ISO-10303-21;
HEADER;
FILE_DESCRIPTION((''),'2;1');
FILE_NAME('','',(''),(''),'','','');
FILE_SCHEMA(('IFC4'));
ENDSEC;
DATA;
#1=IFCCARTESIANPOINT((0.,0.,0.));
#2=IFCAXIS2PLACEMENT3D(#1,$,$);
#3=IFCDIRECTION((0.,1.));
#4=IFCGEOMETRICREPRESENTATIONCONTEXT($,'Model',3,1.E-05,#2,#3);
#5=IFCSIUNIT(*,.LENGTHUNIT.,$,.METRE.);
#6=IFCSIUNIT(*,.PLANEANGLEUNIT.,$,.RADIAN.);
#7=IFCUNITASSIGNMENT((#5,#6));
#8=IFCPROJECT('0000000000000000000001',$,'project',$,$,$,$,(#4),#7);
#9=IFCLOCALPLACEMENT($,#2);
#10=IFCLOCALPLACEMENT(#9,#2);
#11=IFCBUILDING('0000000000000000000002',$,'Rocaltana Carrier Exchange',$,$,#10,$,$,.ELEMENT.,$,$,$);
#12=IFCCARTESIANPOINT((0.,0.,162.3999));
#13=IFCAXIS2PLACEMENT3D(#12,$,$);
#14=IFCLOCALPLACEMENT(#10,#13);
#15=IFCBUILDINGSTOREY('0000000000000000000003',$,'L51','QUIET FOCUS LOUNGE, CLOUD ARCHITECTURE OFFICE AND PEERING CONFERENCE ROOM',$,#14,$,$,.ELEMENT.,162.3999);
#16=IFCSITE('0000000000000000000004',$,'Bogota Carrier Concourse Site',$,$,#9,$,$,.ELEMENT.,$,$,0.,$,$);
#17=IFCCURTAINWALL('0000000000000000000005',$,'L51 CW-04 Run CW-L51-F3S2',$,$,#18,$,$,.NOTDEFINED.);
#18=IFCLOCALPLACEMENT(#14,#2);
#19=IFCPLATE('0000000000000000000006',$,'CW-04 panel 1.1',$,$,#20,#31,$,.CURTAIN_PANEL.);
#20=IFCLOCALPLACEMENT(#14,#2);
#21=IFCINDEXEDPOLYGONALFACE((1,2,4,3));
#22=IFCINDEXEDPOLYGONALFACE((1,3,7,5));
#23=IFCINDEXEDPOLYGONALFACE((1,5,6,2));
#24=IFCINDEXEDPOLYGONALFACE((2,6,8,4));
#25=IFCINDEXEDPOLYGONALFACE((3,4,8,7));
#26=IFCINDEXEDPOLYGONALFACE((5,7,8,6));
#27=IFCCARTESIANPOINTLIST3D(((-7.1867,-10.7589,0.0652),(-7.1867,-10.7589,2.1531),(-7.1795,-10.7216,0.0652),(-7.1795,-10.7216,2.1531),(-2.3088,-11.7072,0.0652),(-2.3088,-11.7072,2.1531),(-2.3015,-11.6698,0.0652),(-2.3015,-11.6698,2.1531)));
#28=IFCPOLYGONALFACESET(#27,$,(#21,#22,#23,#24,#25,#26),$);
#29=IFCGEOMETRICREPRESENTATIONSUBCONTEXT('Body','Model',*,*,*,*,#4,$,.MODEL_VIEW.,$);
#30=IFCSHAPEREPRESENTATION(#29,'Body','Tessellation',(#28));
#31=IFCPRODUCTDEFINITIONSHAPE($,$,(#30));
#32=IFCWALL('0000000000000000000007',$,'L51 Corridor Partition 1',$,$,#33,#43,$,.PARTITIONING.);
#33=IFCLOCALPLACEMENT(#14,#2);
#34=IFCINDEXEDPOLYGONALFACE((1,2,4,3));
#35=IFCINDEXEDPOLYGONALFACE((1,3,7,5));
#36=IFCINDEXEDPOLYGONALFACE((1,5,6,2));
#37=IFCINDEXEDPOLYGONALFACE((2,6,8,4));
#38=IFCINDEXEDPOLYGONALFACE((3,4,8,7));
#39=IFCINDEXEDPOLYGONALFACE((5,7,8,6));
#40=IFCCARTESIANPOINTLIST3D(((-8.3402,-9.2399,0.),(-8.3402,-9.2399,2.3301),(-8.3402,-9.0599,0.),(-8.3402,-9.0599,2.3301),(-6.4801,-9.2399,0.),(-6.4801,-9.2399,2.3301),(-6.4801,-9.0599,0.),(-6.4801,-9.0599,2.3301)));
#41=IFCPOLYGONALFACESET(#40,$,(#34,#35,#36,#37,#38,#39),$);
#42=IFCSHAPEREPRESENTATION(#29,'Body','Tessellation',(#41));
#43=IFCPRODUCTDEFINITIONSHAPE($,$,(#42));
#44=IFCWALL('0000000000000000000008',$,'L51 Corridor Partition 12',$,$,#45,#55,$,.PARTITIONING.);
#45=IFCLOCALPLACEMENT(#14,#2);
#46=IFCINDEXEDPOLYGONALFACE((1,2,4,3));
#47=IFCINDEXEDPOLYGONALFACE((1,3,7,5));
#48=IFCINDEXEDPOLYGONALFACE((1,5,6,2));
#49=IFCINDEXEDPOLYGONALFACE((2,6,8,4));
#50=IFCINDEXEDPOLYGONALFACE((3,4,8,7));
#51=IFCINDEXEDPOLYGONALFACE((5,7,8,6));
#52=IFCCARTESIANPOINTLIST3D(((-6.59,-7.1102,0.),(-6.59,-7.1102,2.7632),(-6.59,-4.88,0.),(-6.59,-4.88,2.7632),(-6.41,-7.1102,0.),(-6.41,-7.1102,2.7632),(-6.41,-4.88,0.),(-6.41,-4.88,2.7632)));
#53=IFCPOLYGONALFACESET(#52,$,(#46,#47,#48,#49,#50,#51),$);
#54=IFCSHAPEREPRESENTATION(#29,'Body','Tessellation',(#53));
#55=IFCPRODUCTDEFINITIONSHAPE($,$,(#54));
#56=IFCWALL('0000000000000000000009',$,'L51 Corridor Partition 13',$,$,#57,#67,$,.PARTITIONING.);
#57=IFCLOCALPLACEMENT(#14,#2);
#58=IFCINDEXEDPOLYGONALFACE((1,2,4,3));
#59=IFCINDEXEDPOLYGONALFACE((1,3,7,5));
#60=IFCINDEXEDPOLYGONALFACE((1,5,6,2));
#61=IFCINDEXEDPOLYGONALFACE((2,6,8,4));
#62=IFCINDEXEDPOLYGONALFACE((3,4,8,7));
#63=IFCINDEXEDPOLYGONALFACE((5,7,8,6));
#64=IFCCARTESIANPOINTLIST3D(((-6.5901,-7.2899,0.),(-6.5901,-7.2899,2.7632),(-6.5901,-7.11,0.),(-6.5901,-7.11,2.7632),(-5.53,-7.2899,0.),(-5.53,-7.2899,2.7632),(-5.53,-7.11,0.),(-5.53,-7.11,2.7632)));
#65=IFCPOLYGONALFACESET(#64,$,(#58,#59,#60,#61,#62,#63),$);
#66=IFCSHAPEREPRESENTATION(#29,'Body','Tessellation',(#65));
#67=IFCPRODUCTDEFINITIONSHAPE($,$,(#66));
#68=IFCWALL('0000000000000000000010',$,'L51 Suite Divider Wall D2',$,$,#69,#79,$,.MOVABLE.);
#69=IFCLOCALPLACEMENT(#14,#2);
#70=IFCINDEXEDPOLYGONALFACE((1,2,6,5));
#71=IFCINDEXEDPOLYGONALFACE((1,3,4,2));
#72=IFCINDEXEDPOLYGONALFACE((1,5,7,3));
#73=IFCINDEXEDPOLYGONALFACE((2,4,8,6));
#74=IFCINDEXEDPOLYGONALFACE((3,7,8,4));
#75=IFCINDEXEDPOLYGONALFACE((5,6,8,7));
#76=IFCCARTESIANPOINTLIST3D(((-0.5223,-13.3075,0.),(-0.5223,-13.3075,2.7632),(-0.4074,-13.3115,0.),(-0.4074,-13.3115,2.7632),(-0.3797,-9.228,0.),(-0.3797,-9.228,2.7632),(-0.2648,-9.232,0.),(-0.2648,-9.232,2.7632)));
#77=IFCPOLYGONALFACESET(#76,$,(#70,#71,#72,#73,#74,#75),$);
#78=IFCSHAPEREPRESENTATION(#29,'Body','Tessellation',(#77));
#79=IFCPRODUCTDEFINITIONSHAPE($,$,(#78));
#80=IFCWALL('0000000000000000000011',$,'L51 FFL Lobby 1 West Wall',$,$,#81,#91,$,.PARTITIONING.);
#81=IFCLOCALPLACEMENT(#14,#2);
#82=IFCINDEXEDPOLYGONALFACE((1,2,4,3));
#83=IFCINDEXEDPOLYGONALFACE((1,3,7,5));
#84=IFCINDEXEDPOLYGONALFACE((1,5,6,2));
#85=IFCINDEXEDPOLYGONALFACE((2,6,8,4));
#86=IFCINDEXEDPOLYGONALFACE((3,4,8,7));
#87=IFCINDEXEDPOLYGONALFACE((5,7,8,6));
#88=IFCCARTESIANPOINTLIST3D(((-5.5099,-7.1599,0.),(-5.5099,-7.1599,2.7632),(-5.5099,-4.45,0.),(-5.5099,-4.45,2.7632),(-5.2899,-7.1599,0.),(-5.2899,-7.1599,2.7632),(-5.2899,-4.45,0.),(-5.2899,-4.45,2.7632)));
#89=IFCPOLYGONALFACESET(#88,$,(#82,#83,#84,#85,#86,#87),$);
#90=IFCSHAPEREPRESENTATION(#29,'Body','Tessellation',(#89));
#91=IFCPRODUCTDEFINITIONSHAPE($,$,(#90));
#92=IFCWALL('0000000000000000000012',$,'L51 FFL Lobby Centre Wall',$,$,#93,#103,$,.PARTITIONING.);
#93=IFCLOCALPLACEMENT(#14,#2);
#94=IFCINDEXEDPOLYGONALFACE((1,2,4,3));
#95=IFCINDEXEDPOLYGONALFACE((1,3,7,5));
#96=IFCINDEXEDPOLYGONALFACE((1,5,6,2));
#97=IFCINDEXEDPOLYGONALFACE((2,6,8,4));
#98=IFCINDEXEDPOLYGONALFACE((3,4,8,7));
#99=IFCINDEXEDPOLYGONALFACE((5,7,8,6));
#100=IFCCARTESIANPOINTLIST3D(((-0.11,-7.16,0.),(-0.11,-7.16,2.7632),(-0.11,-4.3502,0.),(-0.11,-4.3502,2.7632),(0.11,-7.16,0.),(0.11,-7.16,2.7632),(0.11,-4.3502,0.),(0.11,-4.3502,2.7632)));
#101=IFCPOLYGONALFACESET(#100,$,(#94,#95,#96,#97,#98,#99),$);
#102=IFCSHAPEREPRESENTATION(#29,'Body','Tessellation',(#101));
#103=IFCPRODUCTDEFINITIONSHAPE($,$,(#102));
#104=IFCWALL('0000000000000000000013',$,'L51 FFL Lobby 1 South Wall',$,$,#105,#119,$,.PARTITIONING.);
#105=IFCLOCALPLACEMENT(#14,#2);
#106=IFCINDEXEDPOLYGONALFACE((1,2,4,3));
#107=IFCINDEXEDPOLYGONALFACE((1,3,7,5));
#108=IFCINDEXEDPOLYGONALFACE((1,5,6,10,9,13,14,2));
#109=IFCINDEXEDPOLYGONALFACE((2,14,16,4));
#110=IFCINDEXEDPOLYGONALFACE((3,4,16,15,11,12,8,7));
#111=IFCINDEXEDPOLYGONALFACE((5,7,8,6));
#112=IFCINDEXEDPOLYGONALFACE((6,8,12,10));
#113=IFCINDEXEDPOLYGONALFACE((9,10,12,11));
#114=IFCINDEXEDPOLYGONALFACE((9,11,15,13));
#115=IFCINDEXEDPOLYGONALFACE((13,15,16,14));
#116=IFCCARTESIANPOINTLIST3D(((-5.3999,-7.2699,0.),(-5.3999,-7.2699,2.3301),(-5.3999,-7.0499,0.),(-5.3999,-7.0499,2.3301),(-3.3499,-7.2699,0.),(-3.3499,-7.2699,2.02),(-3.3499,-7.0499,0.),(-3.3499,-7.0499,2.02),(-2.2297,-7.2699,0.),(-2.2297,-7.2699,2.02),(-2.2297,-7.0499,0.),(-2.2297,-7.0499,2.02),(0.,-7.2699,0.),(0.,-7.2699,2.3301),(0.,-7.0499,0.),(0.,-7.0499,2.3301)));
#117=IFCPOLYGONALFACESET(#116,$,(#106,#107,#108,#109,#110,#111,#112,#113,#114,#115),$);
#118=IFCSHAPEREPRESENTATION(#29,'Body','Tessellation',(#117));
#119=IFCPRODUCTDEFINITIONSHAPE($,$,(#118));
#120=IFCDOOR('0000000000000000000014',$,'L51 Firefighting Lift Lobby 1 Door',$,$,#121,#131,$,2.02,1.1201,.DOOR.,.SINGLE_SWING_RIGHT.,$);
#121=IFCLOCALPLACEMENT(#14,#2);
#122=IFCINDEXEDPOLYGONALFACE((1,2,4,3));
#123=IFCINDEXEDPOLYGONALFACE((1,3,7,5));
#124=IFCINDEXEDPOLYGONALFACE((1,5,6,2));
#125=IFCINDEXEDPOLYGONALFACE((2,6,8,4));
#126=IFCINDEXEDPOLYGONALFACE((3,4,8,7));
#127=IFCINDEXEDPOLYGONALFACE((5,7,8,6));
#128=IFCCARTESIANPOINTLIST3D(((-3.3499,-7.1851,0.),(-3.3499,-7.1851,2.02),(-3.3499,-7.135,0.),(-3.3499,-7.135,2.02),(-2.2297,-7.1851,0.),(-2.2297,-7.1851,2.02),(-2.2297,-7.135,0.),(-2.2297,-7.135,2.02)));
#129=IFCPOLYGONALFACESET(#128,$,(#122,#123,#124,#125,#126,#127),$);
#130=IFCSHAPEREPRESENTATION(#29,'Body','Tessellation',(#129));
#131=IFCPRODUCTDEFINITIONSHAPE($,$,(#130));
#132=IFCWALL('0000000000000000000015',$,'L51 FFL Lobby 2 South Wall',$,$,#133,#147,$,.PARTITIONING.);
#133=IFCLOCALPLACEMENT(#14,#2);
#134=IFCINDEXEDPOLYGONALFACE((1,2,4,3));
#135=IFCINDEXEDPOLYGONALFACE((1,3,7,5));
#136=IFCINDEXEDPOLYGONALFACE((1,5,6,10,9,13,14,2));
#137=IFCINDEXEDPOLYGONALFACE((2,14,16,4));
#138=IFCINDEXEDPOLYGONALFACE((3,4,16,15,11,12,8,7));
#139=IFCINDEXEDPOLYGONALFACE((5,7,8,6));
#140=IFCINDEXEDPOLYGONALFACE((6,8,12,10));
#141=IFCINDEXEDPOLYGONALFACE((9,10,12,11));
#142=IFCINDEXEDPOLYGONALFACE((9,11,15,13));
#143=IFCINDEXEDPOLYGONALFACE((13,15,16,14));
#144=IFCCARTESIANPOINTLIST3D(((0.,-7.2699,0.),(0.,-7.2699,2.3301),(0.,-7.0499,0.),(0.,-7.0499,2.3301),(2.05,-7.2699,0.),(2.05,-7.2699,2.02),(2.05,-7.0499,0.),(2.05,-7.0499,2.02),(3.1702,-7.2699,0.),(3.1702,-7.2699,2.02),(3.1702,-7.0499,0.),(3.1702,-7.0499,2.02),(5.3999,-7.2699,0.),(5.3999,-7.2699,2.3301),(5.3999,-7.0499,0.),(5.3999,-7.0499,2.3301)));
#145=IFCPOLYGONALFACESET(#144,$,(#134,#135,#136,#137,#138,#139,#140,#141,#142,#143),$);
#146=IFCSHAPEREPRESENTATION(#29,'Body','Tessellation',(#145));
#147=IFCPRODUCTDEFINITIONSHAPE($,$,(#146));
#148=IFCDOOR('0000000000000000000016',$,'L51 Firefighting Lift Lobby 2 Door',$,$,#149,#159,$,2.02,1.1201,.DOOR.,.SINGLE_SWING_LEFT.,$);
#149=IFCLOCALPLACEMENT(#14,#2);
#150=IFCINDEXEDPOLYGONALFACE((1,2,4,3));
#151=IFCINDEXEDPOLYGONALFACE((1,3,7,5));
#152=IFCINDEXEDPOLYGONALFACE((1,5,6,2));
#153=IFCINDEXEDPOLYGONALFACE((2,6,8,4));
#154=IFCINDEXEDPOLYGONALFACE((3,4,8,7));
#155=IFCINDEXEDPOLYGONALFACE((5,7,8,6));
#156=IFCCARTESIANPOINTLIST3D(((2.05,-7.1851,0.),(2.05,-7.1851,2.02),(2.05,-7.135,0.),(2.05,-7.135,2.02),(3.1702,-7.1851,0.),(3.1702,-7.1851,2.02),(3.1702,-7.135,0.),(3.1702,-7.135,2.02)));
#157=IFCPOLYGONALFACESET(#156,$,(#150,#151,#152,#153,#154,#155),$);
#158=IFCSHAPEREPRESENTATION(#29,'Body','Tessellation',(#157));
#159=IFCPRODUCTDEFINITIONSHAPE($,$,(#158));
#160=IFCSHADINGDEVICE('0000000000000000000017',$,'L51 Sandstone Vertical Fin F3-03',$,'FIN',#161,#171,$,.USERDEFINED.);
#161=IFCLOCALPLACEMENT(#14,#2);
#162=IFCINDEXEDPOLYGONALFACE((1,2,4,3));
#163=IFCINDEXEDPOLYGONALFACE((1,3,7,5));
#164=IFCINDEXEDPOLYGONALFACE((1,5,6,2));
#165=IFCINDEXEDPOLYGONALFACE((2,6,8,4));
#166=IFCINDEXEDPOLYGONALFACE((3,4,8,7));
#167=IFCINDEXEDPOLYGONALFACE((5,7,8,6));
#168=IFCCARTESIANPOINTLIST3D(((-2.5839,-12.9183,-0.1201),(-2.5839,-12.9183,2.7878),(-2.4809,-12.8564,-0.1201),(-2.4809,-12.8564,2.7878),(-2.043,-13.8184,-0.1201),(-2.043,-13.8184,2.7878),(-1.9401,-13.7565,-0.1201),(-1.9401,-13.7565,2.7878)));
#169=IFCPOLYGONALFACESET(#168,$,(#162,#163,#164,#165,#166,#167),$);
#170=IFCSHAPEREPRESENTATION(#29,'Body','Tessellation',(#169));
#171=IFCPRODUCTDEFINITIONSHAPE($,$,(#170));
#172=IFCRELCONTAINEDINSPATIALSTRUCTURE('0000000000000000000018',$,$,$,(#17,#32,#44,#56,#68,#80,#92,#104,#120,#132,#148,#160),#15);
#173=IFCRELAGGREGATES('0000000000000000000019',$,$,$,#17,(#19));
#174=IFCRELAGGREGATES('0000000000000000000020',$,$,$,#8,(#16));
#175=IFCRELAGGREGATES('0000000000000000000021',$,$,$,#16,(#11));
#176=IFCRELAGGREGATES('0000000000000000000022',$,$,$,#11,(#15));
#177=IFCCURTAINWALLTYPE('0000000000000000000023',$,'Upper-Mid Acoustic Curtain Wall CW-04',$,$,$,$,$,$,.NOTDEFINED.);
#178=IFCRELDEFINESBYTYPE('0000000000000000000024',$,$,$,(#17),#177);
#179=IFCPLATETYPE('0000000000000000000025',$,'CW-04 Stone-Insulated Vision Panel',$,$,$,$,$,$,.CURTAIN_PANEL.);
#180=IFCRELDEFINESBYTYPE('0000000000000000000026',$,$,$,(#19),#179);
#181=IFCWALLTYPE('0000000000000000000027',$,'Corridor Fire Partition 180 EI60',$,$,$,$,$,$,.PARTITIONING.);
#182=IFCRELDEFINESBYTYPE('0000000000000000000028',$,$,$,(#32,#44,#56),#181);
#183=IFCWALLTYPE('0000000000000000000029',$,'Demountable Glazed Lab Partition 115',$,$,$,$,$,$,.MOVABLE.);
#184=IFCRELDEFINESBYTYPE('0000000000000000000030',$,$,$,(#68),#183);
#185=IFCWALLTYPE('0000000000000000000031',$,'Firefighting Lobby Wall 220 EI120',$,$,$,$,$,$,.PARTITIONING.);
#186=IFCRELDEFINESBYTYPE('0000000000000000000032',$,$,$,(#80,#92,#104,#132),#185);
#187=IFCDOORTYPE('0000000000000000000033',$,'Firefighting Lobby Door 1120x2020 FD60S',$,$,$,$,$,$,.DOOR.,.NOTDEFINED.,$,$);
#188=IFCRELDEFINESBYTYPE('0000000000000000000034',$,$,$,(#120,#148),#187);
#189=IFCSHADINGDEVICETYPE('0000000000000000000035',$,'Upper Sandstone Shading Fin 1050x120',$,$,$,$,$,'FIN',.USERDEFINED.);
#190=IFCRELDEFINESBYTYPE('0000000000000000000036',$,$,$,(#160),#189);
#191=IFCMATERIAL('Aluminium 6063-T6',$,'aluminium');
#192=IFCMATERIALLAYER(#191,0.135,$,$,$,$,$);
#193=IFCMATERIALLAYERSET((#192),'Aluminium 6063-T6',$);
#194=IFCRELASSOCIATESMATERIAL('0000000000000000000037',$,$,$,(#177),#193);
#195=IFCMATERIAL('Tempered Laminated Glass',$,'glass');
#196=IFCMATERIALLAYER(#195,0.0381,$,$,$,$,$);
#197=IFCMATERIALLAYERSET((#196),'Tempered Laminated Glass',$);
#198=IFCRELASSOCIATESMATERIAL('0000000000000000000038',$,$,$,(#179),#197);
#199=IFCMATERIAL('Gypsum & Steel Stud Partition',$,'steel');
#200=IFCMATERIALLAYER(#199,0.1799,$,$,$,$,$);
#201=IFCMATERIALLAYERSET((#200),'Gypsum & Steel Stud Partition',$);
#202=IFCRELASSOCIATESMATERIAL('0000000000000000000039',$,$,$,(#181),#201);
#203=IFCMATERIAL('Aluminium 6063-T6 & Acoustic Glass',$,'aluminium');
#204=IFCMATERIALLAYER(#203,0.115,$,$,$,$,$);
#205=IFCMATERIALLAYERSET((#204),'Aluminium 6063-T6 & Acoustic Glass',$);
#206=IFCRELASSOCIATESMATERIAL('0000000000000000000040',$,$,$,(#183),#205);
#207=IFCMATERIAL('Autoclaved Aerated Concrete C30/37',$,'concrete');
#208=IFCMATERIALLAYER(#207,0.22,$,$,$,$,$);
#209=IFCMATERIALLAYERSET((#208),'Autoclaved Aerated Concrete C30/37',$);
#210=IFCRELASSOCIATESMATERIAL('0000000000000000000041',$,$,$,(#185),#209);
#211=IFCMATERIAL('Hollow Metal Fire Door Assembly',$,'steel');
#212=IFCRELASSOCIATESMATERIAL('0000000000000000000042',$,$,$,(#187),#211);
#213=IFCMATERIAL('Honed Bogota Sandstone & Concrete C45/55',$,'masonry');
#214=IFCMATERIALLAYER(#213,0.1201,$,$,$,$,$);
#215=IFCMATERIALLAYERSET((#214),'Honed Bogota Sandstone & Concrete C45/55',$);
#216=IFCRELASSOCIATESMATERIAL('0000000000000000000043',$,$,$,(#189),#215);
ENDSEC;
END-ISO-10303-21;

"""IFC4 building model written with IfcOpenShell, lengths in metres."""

from ifc_helpers import new_model, si_unit, direction, frame, frame_2d, origin, origin_2d, place, context, subcontext, project, spatial, rectangle, extrude, material, layer, layer_set, type_object, element, fill, aggregate, save


model = new_model("IFC4")

# Units and contexts
model_context = context("Model", 3, precision=1e-05, world=origin(), true_north=direction((0.0, 1.0)))
body_context = subcontext(model_context, "Body", "Model", "MODEL_VIEW")
ifc_project = project(units=[si_unit("LENGTHUNIT", "METRE"), si_unit("PLANEANGLEUNIT", "RADIAN")], contexts=[model_context])

# Site, building, storey
site_placement = place(None, origin())
site = spatial("IfcSite", under=ifc_project, at=site_placement, Name="Bogota Carrier Concourse Site", CompositionType="ELEMENT", RefElevation=0.0)
building_placement = place(site_placement, origin())
building = spatial("IfcBuilding", under=site, at=building_placement, Name="Rocaltana Carrier Exchange", CompositionType="ELEMENT")
storey_placement = place(building_placement, frame((0.0, 0.0, 162.3999)))
storey = spatial("IfcBuildingStorey", under=building, at=storey_placement, Name="L51", Description="QUIET FOCUS LOUNGE, CLOUD ARCHITECTURE OFFICE AND PEERING CONFERENCE ROOM", CompositionType="ELEMENT", Elevation=162.3999)

# Curtain wall
ifc_material_1 = material(Name="Aluminium 6063-T6", Category="aluminium")
ifc_layer_1 = layer(ifc_material_1, 0.135)
ifc_layer_set_1 = layer_set([ifc_layer_1], Name="Aluminium 6063-T6")
curtain_wall_type = type_object("IfcCurtainWallType", Name="Upper-Mid Acoustic Curtain Wall CW-04", PredefinedType="NOTDEFINED", material=ifc_layer_set_1)
curtain_wall_placement = place(storey_placement, origin())
curtain_wall = element("IfcCurtainWall", 1, at=curtain_wall_placement, inside=storey, type_object=curtain_wall_type, Name="L51 CW-04 Run CW-L51-F3S2", PredefinedType="NOTDEFINED")

# Plate
ifc_material_2 = material(Name="Tempered Laminated Glass", Category="glass")
ifc_layer_2 = layer(ifc_material_2, 0.0381)
ifc_layer_set_2 = layer_set([ifc_layer_2], Name="Tempered Laminated Glass")
plate_type = type_object("IfcPlateType", Name="CW-04 Stone-Insulated Vision Panel", PredefinedType="CURTAIN_PANEL", material=ifc_layer_set_2)
plate_placement = place(storey_placement, frame((-4.7441, -11.2144, 0.0652), z_axis=(0.0, 0.0, 1.0), x_axis=(0.981626, -0.190815, 0.0)))
plate = element("IfcPlate", 2, at=plate_placement, type_object=plate_type, Name="CW-04 panel 1.1", PredefinedType="CURTAIN_PANEL", context=body_context, shape_type="SweptSolid", body=[
    extrude(rectangle(XDim=4.9692, YDim=0.0381, at=origin_2d()), origin(), (0.0, 0.0, 1.0), 2.0879),
])
aggregate(curtain_wall, [plate])

# Walls
ifc_material_3 = material(Name="Gypsum & Steel Stud Partition", Category="steel")
ifc_layer_3 = layer(ifc_material_3, 0.1799)
ifc_layer_set_3 = layer_set([ifc_layer_3], Name="Gypsum & Steel Stud Partition")
wall_type_1 = type_object("IfcWallType", Name="Corridor Fire Partition 180 EI60", PredefinedType="PARTITIONING", material=ifc_layer_set_3)
wall_1_placement = place(storey_placement, frame((-6.48, -9.1499, 0.0), z_axis=(0.0, 0.0, 1.0), x_axis=(-1.0, 0.0, 0.0)))
element("IfcWall", 3, at=wall_1_placement, inside=storey, type_object=wall_type_1, Name="L51 Corridor Partition 1", PredefinedType="PARTITIONING", context=body_context, shape_type="SweptSolid", body=[
    extrude(rectangle(XDim=1.8601, YDim=0.1799, at=frame_2d((0.9302, 0.0))), origin(), (0.0, 0.0, 1.0), 2.3301),
])
wall_2_placement = place(storey_placement, frame((-6.5, -4.8799, 0.0), z_axis=(0.0, 0.0, 1.0), x_axis=(0.0, -1.0, 0.0)))
element("IfcWall", 4, at=wall_2_placement, inside=storey, type_object=wall_type_1, Name="L51 Corridor Partition 12", PredefinedType="PARTITIONING", context=body_context, shape_type="SweptSolid", body=[
    extrude(rectangle(XDim=2.2302, YDim=0.1799, at=frame_2d((1.1152, 0.0))), origin(), (0.0, 0.0, 1.0), 2.7632),
])
wall_3_placement = place(storey_placement, frame((-6.5901, -7.2, 0.0), z_axis=(0.0, 0.0, 1.0), x_axis=(1.0, 0.0, 0.0)))
element("IfcWall", 5, at=wall_3_placement, inside=storey, type_object=wall_type_1, Name="L51 Corridor Partition 13", PredefinedType="PARTITIONING", context=body_context, shape_type="SweptSolid", body=[
    extrude(rectangle(XDim=1.0601, YDim=0.1799, at=frame_2d((0.53, 0.0))), origin(), (0.0, 0.0, 1.0), 2.7632),
])
ifc_material_4 = material(Name="Aluminium 6063-T6 & Acoustic Glass", Category="aluminium")
ifc_layer_4 = layer(ifc_material_4, 0.115)
ifc_layer_set_4 = layer_set([ifc_layer_4], Name="Aluminium 6063-T6 & Acoustic Glass")
wall_type_2 = type_object("IfcWallType", Name="Demountable Glazed Lab Partition 115", PredefinedType="MOVABLE", material=ifc_layer_set_4)
wall_4_placement = place(storey_placement, frame((-0.3223, -9.23, 0.0), z_axis=(0.0, 0.0, 1.0), x_axis=(-0.034928, -0.99939, 0.0)))
element("IfcWall", 6, at=wall_4_placement, inside=storey, type_object=wall_type_2, Name="L51 Suite Divider Wall D2", PredefinedType="MOVABLE", context=body_context, shape_type="SweptSolid", body=[
    extrude(rectangle(XDim=4.082, YDim=0.115, at=frame_2d((2.041, 0.0))), origin(), (0.0, 0.0, 1.0), 2.7632),
])
ifc_material_5 = material(Name="Autoclaved Aerated Concrete C30/37", Category="concrete")
ifc_layer_5 = layer(ifc_material_5, 0.22)
ifc_layer_set_5 = layer_set([ifc_layer_5], Name="Autoclaved Aerated Concrete C30/37")
wall_type_3 = type_object("IfcWallType", Name="Firefighting Lobby Wall 220 EI120", PredefinedType="PARTITIONING", material=ifc_layer_set_5)
wall_5_placement = place(storey_placement, frame((-5.3999, -7.1599, 0.0), z_axis=(0.0, 0.0, 1.0), x_axis=(0.0, 1.0, 0.0)))
element("IfcWall", 7, at=wall_5_placement, inside=storey, type_object=wall_type_3, Name="L51 FFL Lobby 1 West Wall", PredefinedType="PARTITIONING", context=body_context, shape_type="SweptSolid", body=[
    extrude(rectangle(XDim=2.71, YDim=0.22, at=frame_2d((1.355, 0.0))), origin(), (0.0, 0.0, 1.0), 2.7632),
])
wall_6_placement = place(storey_placement, frame((0.0, -7.1599, 0.0), z_axis=(0.0, 0.0, 1.0), x_axis=(0.0, 1.0, 0.0)))
element("IfcWall", 8, at=wall_6_placement, inside=storey, type_object=wall_type_3, Name="L51 FFL Lobby Centre Wall", PredefinedType="PARTITIONING", context=body_context, shape_type="SweptSolid", body=[
    extrude(rectangle(XDim=2.8098, YDim=0.22, at=frame_2d((1.4048, 0.0))), origin(), (0.0, 0.0, 1.0), 2.7632),
])

# Walls, openings, doors
wall_7_placement = place(storey_placement, frame((-5.3999, -7.1599, 0.0), z_axis=(0.0, 0.0, 1.0), x_axis=(1.0, 0.0, 0.0)))
wall_7 = element("IfcWall", 9, at=wall_7_placement, inside=storey, type_object=wall_type_3, Name="L51 FFL Lobby 1 South Wall", PredefinedType="PARTITIONING", context=body_context, shape_type="SweptSolid", body=[
    extrude(rectangle(XDim=5.3999, YDim=0.22, at=frame_2d((2.7, 0.0))), origin(), (0.0, 0.0, 1.0), 2.3301),
])
opening_1_placement = place(wall_7_placement, frame((2.05, 0.0, 0.0)))
opening_1 = element("IfcOpeningElement", 10, at=opening_1_placement, cuts=wall_7, PredefinedType="OPENING", context=body_context, shape_type="SweptSolid", body=[
    extrude(rectangle(XDim=1.1201, YDim=2.02, at=frame_2d((0.5601, 1.01))), frame((0.0, 0.1199, 0.0), z_axis=(0.0, -1.0, 0.0), x_axis=(1.0, 0.0, 0.0)), (0.0, 0.0, 1.0), 0.24),
])
ifc_material_6 = material(Name="Hollow Metal Fire Door Assembly", Category="steel")
door_type = type_object("IfcDoorType", Name="Firefighting Lobby Door 1120x2020 FD60S", OperationType="NOTDEFINED", PredefinedType="DOOR", material=ifc_material_6)
door_1_placement = place(opening_1_placement, origin())
door_1 = element("IfcDoor", 11, at=door_1_placement, inside=storey, type_object=door_type, Name="L51 Firefighting Lift Lobby 1 Door", OperationType="SINGLE_SWING_RIGHT", OverallHeight=2.02, OverallWidth=1.1201, PredefinedType="DOOR", context=body_context, shape_type="SweptSolid", body=[
    extrude(rectangle(XDim=1.1201, YDim=2.02, at=frame_2d((0.5601, 1.01))), frame((0.0, 0.0249, 0.0), z_axis=(0.0, -1.0, 0.0), x_axis=(1.0, 0.0, 0.0)), (0.0, 0.0, 1.0), 0.05),
])
fill(opening_1, door_1)
wall_8_placement = place(storey_placement, frame((0.0, -7.1599, 0.0), z_axis=(0.0, 0.0, 1.0), x_axis=(1.0, 0.0, 0.0)))
wall_8 = element("IfcWall", 12, at=wall_8_placement, inside=storey, type_object=wall_type_3, Name="L51 FFL Lobby 2 South Wall", PredefinedType="PARTITIONING", context=body_context, shape_type="SweptSolid", body=[
    extrude(rectangle(XDim=5.3999, YDim=0.22, at=frame_2d((2.7, 0.0))), origin(), (0.0, 0.0, 1.0), 2.3301),
])
opening_2_placement = place(wall_8_placement, frame((2.05, 0.0, 0.0)))
opening_2 = element("IfcOpeningElement", 13, at=opening_2_placement, cuts=wall_8, PredefinedType="OPENING", context=body_context, shape_type="SweptSolid", body=[
    extrude(rectangle(XDim=1.1201, YDim=2.02, at=frame_2d((0.5601, 1.01))), frame((0.0, 0.1199, 0.0), z_axis=(0.0, -1.0, 0.0), x_axis=(1.0, 0.0, 0.0)), (0.0, 0.0, 1.0), 0.24),
])
door_2_placement = place(opening_2_placement, origin())
door_2 = element("IfcDoor", 14, at=door_2_placement, inside=storey, type_object=door_type, Name="L51 Firefighting Lift Lobby 2 Door", OperationType="SINGLE_SWING_LEFT", OverallHeight=2.02, OverallWidth=1.1201, PredefinedType="DOOR", context=body_context, shape_type="SweptSolid", body=[
    extrude(rectangle(XDim=1.1201, YDim=2.02, at=frame_2d((0.5601, 1.01))), frame((0.0, 0.0249, 0.0), z_axis=(0.0, -1.0, 0.0), x_axis=(1.0, 0.0, 0.0)), (0.0, 0.0, 1.0), 0.05),
])
fill(opening_2, door_2)

# Shading device
ifc_material_7 = material(Name="Honed Bogota Sandstone & Concrete C45/55", Category="masonry")
ifc_layer_6 = layer(ifc_material_7, 0.1201)
ifc_layer_set_6 = layer_set([ifc_layer_6], Name="Honed Bogota Sandstone & Concrete C45/55")
shading_device_type = type_object("IfcShadingDeviceType", Name="Upper Sandstone Shading Fin 1050x120", ElementType="FIN", PredefinedType="USERDEFINED", material=ifc_layer_set_6)
shading_device_placement = place(storey_placement, frame((-2.262, -13.3374, -0.1201), z_axis=(0.0, 0.0, 1.0), x_axis=(0.515038, -0.857167, 0.0)))
element("IfcShadingDevice", 15, at=shading_device_placement, inside=storey, type_object=shading_device_type, Name="L51 Sandstone Vertical Fin F3-03", ObjectType="FIN", PredefinedType="USERDEFINED", context=body_context, shape_type="SweptSolid", body=[
    extrude(rectangle(XDim=1.05, YDim=0.1201, at=origin_2d()), origin(), (0.0, 0.0, 1.0), 2.908),
])

save(model, "model.ifc")
